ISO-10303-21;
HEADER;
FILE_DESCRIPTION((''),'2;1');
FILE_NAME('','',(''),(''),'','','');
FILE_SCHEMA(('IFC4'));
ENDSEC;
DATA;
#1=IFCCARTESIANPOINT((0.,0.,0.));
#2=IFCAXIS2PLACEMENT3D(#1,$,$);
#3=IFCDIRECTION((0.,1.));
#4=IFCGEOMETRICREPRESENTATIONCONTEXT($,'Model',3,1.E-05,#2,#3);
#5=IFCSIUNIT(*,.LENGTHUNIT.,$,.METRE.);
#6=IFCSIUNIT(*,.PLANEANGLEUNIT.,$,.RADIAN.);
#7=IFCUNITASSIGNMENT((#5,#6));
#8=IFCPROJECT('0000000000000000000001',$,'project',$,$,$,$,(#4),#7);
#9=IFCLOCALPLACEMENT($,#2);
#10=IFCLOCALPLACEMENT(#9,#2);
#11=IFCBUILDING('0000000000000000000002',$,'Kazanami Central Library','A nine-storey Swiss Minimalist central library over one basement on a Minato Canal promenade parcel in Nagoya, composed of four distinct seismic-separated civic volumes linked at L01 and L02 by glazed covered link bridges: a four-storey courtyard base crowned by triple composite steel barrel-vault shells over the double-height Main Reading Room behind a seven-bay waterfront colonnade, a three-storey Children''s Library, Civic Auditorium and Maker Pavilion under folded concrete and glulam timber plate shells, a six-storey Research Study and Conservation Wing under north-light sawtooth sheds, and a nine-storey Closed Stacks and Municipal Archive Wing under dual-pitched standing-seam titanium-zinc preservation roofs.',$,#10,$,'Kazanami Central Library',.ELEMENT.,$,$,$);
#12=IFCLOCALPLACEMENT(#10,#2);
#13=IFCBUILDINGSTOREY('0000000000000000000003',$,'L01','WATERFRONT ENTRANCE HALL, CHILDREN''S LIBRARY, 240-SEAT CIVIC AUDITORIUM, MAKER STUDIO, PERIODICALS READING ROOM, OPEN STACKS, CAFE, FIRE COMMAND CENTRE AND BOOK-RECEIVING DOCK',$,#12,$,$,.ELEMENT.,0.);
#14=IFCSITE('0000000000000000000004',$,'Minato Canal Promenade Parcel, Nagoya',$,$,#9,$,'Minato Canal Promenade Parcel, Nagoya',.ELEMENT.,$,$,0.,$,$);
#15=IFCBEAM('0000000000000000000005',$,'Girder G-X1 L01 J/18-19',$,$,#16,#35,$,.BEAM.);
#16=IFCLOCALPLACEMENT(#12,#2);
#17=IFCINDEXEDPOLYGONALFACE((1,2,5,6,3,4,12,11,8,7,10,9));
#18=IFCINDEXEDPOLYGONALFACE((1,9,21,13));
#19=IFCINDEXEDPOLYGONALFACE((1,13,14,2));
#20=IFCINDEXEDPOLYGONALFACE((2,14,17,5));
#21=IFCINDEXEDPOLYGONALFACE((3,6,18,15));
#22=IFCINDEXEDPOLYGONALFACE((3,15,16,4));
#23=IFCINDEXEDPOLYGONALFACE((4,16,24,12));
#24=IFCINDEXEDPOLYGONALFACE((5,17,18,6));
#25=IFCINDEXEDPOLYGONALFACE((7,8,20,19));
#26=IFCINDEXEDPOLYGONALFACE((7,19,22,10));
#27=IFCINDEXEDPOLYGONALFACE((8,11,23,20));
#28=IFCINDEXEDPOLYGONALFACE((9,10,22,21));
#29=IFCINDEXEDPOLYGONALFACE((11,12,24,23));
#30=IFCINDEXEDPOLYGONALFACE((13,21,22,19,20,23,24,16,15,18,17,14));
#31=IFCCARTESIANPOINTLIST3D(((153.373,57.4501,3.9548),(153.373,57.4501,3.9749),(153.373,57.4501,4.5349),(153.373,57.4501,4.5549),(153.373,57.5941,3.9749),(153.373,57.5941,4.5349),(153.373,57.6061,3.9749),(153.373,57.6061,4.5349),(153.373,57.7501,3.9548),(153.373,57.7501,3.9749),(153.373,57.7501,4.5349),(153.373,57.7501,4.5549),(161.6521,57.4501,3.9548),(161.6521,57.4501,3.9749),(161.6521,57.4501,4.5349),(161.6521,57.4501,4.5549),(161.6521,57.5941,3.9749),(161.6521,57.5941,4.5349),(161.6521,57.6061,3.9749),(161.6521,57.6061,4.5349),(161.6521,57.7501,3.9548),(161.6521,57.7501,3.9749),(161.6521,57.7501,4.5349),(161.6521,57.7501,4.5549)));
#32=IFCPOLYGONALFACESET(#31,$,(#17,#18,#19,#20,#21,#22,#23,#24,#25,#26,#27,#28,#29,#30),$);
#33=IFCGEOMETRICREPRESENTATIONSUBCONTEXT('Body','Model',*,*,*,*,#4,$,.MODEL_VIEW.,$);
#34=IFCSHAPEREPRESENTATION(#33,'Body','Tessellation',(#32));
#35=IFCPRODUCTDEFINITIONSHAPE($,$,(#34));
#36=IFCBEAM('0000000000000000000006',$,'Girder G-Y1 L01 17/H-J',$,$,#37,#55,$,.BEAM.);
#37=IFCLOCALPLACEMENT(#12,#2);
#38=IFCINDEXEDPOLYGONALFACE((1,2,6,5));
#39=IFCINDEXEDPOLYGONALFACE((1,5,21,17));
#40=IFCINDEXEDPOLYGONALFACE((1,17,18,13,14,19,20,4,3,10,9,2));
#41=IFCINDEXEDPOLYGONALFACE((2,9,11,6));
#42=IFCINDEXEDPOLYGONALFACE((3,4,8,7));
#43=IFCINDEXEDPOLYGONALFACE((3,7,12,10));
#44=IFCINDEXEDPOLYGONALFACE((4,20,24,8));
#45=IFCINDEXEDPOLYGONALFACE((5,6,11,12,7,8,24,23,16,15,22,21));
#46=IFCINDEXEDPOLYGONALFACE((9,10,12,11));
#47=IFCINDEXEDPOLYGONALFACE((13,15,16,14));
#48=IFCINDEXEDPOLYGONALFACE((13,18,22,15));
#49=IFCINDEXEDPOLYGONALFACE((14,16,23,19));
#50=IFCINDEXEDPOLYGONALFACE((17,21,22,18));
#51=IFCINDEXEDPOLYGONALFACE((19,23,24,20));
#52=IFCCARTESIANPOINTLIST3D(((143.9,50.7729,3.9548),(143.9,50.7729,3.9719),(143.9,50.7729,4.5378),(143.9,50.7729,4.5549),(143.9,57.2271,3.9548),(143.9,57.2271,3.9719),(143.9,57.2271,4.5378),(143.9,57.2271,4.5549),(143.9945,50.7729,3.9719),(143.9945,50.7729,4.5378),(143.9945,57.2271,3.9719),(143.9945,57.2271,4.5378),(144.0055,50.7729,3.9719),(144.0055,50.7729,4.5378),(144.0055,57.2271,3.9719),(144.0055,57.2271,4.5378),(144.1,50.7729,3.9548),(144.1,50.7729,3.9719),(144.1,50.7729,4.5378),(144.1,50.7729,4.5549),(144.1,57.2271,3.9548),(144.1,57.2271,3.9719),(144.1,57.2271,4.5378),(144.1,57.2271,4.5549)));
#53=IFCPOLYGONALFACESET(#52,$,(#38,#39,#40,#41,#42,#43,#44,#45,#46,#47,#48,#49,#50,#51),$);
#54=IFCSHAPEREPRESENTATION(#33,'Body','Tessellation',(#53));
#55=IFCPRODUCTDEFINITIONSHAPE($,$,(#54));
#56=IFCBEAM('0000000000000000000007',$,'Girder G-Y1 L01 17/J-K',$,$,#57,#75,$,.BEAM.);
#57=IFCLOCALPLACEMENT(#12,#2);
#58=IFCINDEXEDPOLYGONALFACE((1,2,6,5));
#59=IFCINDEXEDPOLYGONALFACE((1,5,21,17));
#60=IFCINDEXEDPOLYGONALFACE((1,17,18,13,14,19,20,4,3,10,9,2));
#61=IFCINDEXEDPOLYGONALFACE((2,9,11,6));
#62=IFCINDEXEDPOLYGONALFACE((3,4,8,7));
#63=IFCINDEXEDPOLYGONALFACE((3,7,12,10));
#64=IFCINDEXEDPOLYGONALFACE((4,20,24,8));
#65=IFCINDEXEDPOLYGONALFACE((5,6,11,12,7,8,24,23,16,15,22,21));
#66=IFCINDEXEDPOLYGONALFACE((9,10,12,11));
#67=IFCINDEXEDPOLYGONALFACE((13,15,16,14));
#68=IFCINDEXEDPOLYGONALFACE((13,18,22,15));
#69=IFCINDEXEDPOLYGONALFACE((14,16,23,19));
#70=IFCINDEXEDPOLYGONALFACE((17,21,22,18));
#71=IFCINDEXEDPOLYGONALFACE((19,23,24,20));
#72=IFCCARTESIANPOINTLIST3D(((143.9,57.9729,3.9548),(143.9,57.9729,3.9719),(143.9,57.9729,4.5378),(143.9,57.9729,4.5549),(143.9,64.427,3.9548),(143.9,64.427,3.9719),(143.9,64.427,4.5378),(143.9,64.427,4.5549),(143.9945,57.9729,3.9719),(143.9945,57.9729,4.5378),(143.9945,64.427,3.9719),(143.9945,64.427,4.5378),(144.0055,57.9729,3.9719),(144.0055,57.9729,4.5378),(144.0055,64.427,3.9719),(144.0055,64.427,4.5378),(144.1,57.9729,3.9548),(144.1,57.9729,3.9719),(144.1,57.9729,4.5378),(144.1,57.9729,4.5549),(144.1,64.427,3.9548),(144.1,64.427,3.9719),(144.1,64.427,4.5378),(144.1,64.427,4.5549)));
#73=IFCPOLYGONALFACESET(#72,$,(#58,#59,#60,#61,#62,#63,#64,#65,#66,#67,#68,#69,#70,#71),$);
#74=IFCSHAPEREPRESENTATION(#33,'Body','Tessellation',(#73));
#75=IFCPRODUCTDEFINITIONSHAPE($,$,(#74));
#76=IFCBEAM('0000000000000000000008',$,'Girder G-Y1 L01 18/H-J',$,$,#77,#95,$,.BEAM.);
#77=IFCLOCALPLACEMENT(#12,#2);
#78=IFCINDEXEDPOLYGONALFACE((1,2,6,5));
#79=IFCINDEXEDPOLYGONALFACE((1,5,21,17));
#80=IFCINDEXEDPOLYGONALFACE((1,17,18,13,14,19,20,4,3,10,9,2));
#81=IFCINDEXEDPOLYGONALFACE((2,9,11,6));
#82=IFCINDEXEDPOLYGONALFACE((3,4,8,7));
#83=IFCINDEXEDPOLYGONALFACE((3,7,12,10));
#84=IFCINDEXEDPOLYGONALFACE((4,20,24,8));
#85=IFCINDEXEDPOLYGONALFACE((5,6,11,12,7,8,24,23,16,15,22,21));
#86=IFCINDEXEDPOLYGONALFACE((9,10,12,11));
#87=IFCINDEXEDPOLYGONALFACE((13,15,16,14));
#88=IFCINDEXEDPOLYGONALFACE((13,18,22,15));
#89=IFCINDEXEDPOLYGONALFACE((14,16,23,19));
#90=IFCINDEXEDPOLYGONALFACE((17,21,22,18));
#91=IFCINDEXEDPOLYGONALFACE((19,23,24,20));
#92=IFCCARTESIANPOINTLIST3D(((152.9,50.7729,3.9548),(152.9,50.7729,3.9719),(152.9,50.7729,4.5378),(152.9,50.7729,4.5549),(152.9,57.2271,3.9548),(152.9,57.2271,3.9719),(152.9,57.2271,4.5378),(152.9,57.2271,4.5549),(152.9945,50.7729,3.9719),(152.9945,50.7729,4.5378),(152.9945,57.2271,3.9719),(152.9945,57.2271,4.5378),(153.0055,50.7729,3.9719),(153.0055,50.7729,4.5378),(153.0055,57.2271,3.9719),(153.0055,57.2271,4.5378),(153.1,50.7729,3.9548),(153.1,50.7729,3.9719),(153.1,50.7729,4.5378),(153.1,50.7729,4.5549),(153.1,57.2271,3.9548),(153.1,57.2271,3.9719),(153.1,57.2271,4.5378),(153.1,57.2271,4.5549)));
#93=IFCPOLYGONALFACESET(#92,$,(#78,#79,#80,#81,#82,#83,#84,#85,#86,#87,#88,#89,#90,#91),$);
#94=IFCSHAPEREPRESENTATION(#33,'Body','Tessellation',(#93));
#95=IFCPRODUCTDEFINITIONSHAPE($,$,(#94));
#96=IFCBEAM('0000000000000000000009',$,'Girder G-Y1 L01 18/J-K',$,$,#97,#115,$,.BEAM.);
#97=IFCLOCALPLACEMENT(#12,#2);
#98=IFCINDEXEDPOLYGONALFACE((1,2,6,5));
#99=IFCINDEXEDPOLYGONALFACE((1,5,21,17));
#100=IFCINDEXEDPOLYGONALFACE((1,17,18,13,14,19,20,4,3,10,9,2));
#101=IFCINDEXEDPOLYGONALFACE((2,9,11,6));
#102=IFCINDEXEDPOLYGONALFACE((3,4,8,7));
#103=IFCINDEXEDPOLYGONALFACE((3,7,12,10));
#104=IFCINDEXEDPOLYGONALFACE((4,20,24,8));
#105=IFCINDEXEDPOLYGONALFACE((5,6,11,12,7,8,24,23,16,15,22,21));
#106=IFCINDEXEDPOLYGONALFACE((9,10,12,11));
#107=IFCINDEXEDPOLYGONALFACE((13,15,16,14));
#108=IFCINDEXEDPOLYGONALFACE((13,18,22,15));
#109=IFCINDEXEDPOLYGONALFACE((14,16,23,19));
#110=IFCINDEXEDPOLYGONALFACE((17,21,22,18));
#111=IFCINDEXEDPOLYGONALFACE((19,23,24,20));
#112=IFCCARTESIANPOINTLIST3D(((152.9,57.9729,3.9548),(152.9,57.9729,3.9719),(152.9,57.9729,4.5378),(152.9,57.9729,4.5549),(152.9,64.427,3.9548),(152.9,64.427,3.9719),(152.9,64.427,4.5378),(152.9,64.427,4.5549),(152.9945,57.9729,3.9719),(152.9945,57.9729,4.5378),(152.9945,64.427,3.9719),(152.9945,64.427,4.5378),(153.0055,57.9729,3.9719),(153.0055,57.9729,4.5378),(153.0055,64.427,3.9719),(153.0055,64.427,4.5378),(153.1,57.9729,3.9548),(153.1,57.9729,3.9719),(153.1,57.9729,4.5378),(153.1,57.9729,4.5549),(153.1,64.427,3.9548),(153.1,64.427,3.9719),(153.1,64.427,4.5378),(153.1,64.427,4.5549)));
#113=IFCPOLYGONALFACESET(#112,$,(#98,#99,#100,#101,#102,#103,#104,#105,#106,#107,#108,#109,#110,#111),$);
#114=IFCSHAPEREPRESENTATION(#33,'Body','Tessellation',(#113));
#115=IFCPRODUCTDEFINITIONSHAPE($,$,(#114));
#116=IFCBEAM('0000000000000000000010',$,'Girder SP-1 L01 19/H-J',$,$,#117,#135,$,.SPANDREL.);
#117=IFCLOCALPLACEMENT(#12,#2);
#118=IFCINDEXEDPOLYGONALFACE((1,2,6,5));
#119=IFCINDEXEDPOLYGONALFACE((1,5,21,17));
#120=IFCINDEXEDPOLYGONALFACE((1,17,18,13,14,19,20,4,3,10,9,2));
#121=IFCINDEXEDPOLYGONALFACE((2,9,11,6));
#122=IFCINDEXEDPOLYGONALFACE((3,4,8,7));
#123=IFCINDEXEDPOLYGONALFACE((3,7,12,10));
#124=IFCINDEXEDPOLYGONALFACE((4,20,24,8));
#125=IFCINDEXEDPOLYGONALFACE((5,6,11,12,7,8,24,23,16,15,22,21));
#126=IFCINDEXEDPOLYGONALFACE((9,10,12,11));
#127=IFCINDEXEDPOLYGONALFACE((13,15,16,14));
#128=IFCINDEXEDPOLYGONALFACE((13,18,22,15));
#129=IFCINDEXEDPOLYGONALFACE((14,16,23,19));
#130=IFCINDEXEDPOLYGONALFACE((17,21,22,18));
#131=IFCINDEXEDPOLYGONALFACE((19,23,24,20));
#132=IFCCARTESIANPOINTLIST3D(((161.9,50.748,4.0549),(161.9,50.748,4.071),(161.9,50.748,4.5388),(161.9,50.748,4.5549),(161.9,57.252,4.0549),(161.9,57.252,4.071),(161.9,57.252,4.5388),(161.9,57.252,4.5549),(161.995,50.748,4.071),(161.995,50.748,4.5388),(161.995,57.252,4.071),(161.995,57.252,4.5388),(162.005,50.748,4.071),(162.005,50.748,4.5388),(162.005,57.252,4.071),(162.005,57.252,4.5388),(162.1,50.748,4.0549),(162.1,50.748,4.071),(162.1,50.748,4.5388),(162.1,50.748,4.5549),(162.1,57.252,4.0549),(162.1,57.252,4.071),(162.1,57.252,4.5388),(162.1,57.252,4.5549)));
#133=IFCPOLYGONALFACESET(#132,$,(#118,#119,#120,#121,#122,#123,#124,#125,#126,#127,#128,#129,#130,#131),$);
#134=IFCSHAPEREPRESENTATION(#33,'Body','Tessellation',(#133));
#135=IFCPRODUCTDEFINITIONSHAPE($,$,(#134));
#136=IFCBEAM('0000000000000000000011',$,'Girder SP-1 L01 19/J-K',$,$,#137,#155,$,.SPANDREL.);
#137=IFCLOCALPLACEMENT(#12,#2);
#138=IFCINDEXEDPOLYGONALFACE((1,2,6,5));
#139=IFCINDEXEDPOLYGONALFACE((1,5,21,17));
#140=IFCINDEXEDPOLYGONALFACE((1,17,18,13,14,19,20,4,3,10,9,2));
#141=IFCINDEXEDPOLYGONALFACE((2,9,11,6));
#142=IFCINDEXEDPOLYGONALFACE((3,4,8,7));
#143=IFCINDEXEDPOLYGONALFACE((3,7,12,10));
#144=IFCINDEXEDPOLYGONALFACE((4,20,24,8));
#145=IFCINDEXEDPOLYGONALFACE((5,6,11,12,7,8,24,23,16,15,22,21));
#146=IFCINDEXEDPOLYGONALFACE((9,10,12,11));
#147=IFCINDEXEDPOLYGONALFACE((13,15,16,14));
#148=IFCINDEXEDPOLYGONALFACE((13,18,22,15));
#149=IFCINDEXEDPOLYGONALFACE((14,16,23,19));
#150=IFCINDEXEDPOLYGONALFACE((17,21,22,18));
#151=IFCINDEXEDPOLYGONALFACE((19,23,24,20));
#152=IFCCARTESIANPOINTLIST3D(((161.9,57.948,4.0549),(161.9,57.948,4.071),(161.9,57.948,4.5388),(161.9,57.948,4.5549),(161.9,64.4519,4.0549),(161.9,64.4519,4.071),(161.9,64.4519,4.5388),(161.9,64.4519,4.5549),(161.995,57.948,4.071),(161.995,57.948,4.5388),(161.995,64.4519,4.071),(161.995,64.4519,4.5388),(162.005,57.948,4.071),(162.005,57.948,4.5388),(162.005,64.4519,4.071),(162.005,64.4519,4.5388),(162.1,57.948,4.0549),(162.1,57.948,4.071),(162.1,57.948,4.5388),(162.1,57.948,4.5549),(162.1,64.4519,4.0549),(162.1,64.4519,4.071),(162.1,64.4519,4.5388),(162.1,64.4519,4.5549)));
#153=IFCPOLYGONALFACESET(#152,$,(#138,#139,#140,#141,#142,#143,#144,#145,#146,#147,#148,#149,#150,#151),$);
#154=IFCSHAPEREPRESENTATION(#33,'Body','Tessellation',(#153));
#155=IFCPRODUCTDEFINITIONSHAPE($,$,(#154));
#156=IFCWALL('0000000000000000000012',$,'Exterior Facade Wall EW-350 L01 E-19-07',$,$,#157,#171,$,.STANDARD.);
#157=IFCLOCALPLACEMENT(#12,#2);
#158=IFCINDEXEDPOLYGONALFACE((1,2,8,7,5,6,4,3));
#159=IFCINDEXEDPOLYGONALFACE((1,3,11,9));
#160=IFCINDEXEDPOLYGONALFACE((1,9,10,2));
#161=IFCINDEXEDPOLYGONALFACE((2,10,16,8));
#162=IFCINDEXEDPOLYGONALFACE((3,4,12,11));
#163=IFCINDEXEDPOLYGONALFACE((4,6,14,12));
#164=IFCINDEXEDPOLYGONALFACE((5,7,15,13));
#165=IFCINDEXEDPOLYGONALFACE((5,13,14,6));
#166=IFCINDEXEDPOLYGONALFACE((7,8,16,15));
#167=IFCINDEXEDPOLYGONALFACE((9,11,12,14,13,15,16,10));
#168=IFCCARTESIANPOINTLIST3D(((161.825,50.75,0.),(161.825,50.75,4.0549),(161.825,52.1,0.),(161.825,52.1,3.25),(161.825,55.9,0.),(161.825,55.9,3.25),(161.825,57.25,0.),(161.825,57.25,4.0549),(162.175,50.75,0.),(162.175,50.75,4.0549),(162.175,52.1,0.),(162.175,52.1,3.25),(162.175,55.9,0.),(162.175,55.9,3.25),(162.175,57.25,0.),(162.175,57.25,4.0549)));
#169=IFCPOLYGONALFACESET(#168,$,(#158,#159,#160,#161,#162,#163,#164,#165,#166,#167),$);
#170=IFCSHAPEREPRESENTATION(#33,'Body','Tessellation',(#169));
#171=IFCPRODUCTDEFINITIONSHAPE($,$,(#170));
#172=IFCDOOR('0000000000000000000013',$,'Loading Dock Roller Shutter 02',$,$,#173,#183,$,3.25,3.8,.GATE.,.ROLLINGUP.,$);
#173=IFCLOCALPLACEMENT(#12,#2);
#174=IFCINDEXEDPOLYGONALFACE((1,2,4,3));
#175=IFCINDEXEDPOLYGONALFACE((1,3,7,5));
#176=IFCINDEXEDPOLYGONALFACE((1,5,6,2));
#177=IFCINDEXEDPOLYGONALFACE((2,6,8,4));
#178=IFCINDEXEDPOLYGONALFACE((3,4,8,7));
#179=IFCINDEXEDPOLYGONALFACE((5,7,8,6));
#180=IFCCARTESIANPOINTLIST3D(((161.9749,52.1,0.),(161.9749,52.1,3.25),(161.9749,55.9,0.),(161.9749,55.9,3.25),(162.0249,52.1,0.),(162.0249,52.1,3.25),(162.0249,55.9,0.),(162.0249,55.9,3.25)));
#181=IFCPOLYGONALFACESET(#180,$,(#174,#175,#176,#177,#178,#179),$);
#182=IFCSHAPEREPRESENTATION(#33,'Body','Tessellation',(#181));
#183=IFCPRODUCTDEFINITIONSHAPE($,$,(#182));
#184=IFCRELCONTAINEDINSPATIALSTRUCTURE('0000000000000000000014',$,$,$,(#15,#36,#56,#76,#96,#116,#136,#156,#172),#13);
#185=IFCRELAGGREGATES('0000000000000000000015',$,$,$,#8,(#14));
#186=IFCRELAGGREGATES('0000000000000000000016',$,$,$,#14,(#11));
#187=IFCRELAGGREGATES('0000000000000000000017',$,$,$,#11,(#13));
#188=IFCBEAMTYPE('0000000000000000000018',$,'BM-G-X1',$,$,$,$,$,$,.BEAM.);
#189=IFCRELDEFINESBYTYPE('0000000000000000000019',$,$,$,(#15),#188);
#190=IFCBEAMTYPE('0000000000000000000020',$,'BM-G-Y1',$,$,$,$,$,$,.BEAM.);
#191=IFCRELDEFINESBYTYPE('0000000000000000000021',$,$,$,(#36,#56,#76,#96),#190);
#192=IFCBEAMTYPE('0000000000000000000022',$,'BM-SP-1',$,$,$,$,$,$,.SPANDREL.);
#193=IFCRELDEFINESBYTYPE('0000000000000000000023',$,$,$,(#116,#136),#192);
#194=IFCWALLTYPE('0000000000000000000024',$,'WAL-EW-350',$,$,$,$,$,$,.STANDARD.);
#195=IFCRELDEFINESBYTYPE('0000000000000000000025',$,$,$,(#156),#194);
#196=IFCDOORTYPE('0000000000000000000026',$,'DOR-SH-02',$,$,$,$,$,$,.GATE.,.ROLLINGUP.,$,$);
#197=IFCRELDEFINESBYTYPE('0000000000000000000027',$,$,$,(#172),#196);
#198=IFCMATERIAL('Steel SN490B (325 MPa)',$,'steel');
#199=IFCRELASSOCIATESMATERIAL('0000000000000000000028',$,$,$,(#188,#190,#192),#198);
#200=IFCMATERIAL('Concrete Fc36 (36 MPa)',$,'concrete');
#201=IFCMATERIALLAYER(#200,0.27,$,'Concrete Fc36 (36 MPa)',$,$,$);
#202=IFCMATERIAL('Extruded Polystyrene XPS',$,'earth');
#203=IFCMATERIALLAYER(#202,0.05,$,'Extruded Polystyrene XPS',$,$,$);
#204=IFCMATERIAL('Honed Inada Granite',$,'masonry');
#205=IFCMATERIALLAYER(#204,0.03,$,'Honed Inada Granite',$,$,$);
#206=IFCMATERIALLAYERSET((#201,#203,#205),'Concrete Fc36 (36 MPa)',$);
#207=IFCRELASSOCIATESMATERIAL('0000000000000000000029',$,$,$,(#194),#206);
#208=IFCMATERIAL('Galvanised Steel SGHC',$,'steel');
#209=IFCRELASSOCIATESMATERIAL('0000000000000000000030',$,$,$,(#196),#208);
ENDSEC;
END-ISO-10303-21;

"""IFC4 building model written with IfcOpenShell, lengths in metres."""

from ifc_helpers import new_model, si_unit, direction, frame, frame_2d, origin, origin_2d, place, context, subcontext, project, spatial, rectangle, i_section, extrude, material, layer, layer_set, material_profile, profile_set, type_object, element, fill, save


model = new_model("IFC4")

# Units and contexts
model_context = context("Model", 3, precision=1e-05, world=origin(), true_north=direction((0.0, 1.0)))
body_context = subcontext(model_context, "Body", "Model", "MODEL_VIEW")
ifc_project = project(units=[si_unit("LENGTHUNIT", "METRE"), si_unit("PLANEANGLEUNIT", "RADIAN")], contexts=[model_context])

# Site, building, storey
site_placement = place(None, origin())
site = spatial("IfcSite", under=ifc_project, at=site_placement, Name="Minato Canal Promenade Parcel, Nagoya", LongName="Minato Canal Promenade Parcel, Nagoya", CompositionType="ELEMENT", RefElevation=0.0)
building_placement = place(site_placement, origin())
building = spatial("IfcBuilding", under=site, at=building_placement, Name="Kazanami Central Library", Description="A nine-storey Swiss Minimalist central library over one basement on a Minato Canal promenade parcel in Nagoya, composed of four distinct seismic-separated civic volumes linked at L01 and L02 by glazed covered link bridges: a four-storey courtyard base crowned by triple composite steel barrel-vault shells over the double-height Main Reading Room behind a seven-bay waterfront colonnade, a three-storey Children's Library, Civic Auditorium and Maker Pavilion under folded concrete and glulam timber plate shells, a six-storey Research Study and Conservation Wing under north-light sawtooth sheds, and a nine-storey Closed Stacks and Municipal Archive Wing under dual-pitched standing-seam titanium-zinc preservation roofs.", LongName="Kazanami Central Library", CompositionType="ELEMENT")
storey_placement = place(building_placement, origin())
storey = spatial("IfcBuildingStorey", under=building, at=storey_placement, Name="L01", Description="WATERFRONT ENTRANCE HALL, CHILDREN'S LIBRARY, 240-SEAT CIVIC AUDITORIUM, MAKER STUDIO, PERIODICALS READING ROOM, OPEN STACKS, CAFE, FIRE COMMAND CENTRE AND BOOK-RECEIVING DOCK", CompositionType="ELEMENT", Elevation=0.0)

# Beams
ifc_material_1 = material(Name="Steel SN490B (325 MPa)", Category="steel")
ifc_material_profile_1 = material_profile(ifc_material_1, i_section(OverallWidth=0.3, OverallDepth=0.6001, WebThickness=0.012, FlangeThickness=0.02, at=origin_2d()), Name="H-600x300x12x20")
ifc_profile_set_1 = profile_set([ifc_material_profile_1], Name="Steel SN490B (325 MPa)")
beam_type_1 = type_object("IfcBeamType", Name="BM-G-X1", PredefinedType="BEAM", material=ifc_profile_set_1)
beam_1_placement = place(storey_placement, frame((153.373, 57.6001, 4.2549), z_axis=(1.0, 0.0, 0.0), x_axis=(0.0, 1.0, 0.0)))
element("IfcBeam", 1, at=beam_1_placement, inside=storey, type_object=beam_type_1, Name="Girder G-X1 L01 J/18-19", PredefinedType="BEAM", context=body_context, shape_type="SweptSolid", body=[
    extrude(i_section(OverallWidth=0.3, OverallDepth=0.6001, WebThickness=0.012, FlangeThickness=0.02, at=origin_2d()), origin(), (0.0, 0.0, 1.0), 8.2791),
])
ifc_material_profile_2 = material_profile(ifc_material_1, i_section(OverallWidth=0.2, OverallDepth=0.6001, WebThickness=0.011, FlangeThickness=0.0171, at=origin_2d()), Name="H-600x200x11x17")
ifc_profile_set_2 = profile_set([ifc_material_profile_2], Name="Steel SN490B (325 MPa)")
beam_type_2 = type_object("IfcBeamType", Name="BM-G-Y1", PredefinedType="BEAM", material=ifc_profile_set_2)
for number, where, z_axis, x_axis, name in (
    (2, (144.0, 50.7729, 4.2549), (0.0, 1.0, 0.0), (-1.0, 0.0, 0.0), "Girder G-Y1 L01 17/H-J"),
    (3, (144.0, 57.9729, 4.2549), (0.0, 1.0, 0.0), (-1.0, 0.0, 0.0), "Girder G-Y1 L01 17/J-K"),
    (4, (153.0, 50.7729, 4.2549), (0.0, 1.0, 0.0), (-1.0, 0.0, 0.0), "Girder G-Y1 L01 18/H-J"),
    (5, (153.0, 57.9729, 4.2549), (0.0, 1.0, 0.0), (-1.0, 0.0, 0.0), "Girder G-Y1 L01 18/J-K"),
):
    element("IfcBeam", number, at=place(storey_placement, frame(where, z_axis=z_axis, x_axis=x_axis)), inside=storey, type_object=beam_type_2, Name=name, PredefinedType="BEAM", context=body_context, shape_type="SweptSolid", body=[
        extrude(i_section(OverallWidth=0.2, OverallDepth=0.6001, WebThickness=0.011, FlangeThickness=0.0171, at=origin_2d()), origin(), (0.0, 0.0, 1.0), 6.4541),
    ])
ifc_material_profile_3 = material_profile(ifc_material_1, i_section(OverallWidth=0.2, OverallDepth=0.5, WebThickness=0.01, FlangeThickness=0.0161, at=origin_2d()), Name="H-500x200x10x16")
ifc_profile_set_3 = profile_set([ifc_material_profile_3], Name="Steel SN490B (325 MPa)")
beam_type_3 = type_object("IfcBeamType", Name="BM-SP-1", PredefinedType="SPANDREL", material=ifc_profile_set_3)
for number, where, z_axis, x_axis, name in (
    (6, (162.0, 50.748, 4.3049), (0.0, 1.0, 0.0), (-1.0, 0.0, 0.0), "Girder SP-1 L01 19/H-J"),
    (7, (162.0, 57.948, 4.3049), (0.0, 1.0, 0.0), (-1.0, 0.0, 0.0), "Girder SP-1 L01 19/J-K"),
):
    element("IfcBeam", number, at=place(storey_placement, frame(where, z_axis=z_axis, x_axis=x_axis)), inside=storey, type_object=beam_type_3, Name=name, PredefinedType="SPANDREL", context=body_context, shape_type="SweptSolid", body=[
        extrude(i_section(OverallWidth=0.2, OverallDepth=0.5, WebThickness=0.01, FlangeThickness=0.0161, at=origin_2d()), origin(), (0.0, 0.0, 1.0), 6.5039),
    ])

# Wall, opening, door
ifc_material_2 = material(Name="Concrete Fc36 (36 MPa)", Category="concrete")
ifc_layer_1 = layer(ifc_material_2, 0.27, Name="Concrete Fc36 (36 MPa)")
ifc_material_3 = material(Name="Extruded Polystyrene XPS", Category="earth")
ifc_layer_2 = layer(ifc_material_3, 0.05, Name="Extruded Polystyrene XPS")
ifc_material_4 = material(Name="Honed Inada Granite", Category="masonry")
ifc_layer_3 = layer(ifc_material_4, 0.03, Name="Honed Inada Granite")
ifc_layer_set_1 = layer_set([ifc_layer_1, ifc_layer_2, ifc_layer_3], Name="Concrete Fc36 (36 MPa)")
wall_type_1 = type_object("IfcWallType", Name="WAL-EW-350", PredefinedType="STANDARD", material=ifc_layer_set_1)
wall_1_placement = place(storey_placement, frame((162.0, 57.25, 0.0), z_axis=(0.0, 0.0, 1.0), x_axis=(0.0, -1.0, 0.0)))
wall_1 = element("IfcWall", 8, at=wall_1_placement, inside=storey, type_object=wall_type_1, Name="Exterior Facade Wall EW-350 L01 E-19-07", PredefinedType="STANDARD", context=body_context, shape_type="SweptSolid", body=[
    extrude(rectangle(XDim=6.5, YDim=0.3501, at=frame_2d((3.25, 0.0))), origin(), (0.0, 0.0, 1.0), 4.0549),
])
opening_placement = place(wall_1_placement, frame((1.3501, 0.0, 0.0)))
opening = element("IfcOpeningElement", 9, at=opening_placement, cuts=wall_1, PredefinedType="OPENING", context=body_context, shape_type="SweptSolid", body=[
    extrude(rectangle(XDim=3.8, YDim=3.25, at=frame_2d((1.8999, 1.625))), frame((0.0, 0.187, 0.0), z_axis=(0.0, -1.0, 0.0), x_axis=(1.0, 0.0, 0.0)), (0.0, 0.0, 1.0), 0.374),
])
ifc_material_5 = material(Name="Galvanised Steel SGHC", Category="steel")
door_type = type_object("IfcDoorType", Name="DOR-SH-02", OperationType="ROLLINGUP", PredefinedType="GATE", material=ifc_material_5)
door_placement = place(opening_placement, origin())
door = element("IfcDoor", 10, at=door_placement, inside=storey, type_object=door_type, Name="Loading Dock Roller Shutter 02", OperationType="ROLLINGUP", OverallHeight=3.25, OverallWidth=3.8, PredefinedType="GATE", context=body_context, shape_type="SweptSolid", body=[
    extrude(rectangle(XDim=3.8, YDim=3.25, at=frame_2d((1.8999, 1.625))), frame((0.0, 0.0249, 0.0), z_axis=(0.0, -1.0, 0.0), x_axis=(1.0, 0.0, 0.0)), (0.0, 0.0, 1.0), 0.05),
])
fill(opening, door)

save(model, "model.ifc")
